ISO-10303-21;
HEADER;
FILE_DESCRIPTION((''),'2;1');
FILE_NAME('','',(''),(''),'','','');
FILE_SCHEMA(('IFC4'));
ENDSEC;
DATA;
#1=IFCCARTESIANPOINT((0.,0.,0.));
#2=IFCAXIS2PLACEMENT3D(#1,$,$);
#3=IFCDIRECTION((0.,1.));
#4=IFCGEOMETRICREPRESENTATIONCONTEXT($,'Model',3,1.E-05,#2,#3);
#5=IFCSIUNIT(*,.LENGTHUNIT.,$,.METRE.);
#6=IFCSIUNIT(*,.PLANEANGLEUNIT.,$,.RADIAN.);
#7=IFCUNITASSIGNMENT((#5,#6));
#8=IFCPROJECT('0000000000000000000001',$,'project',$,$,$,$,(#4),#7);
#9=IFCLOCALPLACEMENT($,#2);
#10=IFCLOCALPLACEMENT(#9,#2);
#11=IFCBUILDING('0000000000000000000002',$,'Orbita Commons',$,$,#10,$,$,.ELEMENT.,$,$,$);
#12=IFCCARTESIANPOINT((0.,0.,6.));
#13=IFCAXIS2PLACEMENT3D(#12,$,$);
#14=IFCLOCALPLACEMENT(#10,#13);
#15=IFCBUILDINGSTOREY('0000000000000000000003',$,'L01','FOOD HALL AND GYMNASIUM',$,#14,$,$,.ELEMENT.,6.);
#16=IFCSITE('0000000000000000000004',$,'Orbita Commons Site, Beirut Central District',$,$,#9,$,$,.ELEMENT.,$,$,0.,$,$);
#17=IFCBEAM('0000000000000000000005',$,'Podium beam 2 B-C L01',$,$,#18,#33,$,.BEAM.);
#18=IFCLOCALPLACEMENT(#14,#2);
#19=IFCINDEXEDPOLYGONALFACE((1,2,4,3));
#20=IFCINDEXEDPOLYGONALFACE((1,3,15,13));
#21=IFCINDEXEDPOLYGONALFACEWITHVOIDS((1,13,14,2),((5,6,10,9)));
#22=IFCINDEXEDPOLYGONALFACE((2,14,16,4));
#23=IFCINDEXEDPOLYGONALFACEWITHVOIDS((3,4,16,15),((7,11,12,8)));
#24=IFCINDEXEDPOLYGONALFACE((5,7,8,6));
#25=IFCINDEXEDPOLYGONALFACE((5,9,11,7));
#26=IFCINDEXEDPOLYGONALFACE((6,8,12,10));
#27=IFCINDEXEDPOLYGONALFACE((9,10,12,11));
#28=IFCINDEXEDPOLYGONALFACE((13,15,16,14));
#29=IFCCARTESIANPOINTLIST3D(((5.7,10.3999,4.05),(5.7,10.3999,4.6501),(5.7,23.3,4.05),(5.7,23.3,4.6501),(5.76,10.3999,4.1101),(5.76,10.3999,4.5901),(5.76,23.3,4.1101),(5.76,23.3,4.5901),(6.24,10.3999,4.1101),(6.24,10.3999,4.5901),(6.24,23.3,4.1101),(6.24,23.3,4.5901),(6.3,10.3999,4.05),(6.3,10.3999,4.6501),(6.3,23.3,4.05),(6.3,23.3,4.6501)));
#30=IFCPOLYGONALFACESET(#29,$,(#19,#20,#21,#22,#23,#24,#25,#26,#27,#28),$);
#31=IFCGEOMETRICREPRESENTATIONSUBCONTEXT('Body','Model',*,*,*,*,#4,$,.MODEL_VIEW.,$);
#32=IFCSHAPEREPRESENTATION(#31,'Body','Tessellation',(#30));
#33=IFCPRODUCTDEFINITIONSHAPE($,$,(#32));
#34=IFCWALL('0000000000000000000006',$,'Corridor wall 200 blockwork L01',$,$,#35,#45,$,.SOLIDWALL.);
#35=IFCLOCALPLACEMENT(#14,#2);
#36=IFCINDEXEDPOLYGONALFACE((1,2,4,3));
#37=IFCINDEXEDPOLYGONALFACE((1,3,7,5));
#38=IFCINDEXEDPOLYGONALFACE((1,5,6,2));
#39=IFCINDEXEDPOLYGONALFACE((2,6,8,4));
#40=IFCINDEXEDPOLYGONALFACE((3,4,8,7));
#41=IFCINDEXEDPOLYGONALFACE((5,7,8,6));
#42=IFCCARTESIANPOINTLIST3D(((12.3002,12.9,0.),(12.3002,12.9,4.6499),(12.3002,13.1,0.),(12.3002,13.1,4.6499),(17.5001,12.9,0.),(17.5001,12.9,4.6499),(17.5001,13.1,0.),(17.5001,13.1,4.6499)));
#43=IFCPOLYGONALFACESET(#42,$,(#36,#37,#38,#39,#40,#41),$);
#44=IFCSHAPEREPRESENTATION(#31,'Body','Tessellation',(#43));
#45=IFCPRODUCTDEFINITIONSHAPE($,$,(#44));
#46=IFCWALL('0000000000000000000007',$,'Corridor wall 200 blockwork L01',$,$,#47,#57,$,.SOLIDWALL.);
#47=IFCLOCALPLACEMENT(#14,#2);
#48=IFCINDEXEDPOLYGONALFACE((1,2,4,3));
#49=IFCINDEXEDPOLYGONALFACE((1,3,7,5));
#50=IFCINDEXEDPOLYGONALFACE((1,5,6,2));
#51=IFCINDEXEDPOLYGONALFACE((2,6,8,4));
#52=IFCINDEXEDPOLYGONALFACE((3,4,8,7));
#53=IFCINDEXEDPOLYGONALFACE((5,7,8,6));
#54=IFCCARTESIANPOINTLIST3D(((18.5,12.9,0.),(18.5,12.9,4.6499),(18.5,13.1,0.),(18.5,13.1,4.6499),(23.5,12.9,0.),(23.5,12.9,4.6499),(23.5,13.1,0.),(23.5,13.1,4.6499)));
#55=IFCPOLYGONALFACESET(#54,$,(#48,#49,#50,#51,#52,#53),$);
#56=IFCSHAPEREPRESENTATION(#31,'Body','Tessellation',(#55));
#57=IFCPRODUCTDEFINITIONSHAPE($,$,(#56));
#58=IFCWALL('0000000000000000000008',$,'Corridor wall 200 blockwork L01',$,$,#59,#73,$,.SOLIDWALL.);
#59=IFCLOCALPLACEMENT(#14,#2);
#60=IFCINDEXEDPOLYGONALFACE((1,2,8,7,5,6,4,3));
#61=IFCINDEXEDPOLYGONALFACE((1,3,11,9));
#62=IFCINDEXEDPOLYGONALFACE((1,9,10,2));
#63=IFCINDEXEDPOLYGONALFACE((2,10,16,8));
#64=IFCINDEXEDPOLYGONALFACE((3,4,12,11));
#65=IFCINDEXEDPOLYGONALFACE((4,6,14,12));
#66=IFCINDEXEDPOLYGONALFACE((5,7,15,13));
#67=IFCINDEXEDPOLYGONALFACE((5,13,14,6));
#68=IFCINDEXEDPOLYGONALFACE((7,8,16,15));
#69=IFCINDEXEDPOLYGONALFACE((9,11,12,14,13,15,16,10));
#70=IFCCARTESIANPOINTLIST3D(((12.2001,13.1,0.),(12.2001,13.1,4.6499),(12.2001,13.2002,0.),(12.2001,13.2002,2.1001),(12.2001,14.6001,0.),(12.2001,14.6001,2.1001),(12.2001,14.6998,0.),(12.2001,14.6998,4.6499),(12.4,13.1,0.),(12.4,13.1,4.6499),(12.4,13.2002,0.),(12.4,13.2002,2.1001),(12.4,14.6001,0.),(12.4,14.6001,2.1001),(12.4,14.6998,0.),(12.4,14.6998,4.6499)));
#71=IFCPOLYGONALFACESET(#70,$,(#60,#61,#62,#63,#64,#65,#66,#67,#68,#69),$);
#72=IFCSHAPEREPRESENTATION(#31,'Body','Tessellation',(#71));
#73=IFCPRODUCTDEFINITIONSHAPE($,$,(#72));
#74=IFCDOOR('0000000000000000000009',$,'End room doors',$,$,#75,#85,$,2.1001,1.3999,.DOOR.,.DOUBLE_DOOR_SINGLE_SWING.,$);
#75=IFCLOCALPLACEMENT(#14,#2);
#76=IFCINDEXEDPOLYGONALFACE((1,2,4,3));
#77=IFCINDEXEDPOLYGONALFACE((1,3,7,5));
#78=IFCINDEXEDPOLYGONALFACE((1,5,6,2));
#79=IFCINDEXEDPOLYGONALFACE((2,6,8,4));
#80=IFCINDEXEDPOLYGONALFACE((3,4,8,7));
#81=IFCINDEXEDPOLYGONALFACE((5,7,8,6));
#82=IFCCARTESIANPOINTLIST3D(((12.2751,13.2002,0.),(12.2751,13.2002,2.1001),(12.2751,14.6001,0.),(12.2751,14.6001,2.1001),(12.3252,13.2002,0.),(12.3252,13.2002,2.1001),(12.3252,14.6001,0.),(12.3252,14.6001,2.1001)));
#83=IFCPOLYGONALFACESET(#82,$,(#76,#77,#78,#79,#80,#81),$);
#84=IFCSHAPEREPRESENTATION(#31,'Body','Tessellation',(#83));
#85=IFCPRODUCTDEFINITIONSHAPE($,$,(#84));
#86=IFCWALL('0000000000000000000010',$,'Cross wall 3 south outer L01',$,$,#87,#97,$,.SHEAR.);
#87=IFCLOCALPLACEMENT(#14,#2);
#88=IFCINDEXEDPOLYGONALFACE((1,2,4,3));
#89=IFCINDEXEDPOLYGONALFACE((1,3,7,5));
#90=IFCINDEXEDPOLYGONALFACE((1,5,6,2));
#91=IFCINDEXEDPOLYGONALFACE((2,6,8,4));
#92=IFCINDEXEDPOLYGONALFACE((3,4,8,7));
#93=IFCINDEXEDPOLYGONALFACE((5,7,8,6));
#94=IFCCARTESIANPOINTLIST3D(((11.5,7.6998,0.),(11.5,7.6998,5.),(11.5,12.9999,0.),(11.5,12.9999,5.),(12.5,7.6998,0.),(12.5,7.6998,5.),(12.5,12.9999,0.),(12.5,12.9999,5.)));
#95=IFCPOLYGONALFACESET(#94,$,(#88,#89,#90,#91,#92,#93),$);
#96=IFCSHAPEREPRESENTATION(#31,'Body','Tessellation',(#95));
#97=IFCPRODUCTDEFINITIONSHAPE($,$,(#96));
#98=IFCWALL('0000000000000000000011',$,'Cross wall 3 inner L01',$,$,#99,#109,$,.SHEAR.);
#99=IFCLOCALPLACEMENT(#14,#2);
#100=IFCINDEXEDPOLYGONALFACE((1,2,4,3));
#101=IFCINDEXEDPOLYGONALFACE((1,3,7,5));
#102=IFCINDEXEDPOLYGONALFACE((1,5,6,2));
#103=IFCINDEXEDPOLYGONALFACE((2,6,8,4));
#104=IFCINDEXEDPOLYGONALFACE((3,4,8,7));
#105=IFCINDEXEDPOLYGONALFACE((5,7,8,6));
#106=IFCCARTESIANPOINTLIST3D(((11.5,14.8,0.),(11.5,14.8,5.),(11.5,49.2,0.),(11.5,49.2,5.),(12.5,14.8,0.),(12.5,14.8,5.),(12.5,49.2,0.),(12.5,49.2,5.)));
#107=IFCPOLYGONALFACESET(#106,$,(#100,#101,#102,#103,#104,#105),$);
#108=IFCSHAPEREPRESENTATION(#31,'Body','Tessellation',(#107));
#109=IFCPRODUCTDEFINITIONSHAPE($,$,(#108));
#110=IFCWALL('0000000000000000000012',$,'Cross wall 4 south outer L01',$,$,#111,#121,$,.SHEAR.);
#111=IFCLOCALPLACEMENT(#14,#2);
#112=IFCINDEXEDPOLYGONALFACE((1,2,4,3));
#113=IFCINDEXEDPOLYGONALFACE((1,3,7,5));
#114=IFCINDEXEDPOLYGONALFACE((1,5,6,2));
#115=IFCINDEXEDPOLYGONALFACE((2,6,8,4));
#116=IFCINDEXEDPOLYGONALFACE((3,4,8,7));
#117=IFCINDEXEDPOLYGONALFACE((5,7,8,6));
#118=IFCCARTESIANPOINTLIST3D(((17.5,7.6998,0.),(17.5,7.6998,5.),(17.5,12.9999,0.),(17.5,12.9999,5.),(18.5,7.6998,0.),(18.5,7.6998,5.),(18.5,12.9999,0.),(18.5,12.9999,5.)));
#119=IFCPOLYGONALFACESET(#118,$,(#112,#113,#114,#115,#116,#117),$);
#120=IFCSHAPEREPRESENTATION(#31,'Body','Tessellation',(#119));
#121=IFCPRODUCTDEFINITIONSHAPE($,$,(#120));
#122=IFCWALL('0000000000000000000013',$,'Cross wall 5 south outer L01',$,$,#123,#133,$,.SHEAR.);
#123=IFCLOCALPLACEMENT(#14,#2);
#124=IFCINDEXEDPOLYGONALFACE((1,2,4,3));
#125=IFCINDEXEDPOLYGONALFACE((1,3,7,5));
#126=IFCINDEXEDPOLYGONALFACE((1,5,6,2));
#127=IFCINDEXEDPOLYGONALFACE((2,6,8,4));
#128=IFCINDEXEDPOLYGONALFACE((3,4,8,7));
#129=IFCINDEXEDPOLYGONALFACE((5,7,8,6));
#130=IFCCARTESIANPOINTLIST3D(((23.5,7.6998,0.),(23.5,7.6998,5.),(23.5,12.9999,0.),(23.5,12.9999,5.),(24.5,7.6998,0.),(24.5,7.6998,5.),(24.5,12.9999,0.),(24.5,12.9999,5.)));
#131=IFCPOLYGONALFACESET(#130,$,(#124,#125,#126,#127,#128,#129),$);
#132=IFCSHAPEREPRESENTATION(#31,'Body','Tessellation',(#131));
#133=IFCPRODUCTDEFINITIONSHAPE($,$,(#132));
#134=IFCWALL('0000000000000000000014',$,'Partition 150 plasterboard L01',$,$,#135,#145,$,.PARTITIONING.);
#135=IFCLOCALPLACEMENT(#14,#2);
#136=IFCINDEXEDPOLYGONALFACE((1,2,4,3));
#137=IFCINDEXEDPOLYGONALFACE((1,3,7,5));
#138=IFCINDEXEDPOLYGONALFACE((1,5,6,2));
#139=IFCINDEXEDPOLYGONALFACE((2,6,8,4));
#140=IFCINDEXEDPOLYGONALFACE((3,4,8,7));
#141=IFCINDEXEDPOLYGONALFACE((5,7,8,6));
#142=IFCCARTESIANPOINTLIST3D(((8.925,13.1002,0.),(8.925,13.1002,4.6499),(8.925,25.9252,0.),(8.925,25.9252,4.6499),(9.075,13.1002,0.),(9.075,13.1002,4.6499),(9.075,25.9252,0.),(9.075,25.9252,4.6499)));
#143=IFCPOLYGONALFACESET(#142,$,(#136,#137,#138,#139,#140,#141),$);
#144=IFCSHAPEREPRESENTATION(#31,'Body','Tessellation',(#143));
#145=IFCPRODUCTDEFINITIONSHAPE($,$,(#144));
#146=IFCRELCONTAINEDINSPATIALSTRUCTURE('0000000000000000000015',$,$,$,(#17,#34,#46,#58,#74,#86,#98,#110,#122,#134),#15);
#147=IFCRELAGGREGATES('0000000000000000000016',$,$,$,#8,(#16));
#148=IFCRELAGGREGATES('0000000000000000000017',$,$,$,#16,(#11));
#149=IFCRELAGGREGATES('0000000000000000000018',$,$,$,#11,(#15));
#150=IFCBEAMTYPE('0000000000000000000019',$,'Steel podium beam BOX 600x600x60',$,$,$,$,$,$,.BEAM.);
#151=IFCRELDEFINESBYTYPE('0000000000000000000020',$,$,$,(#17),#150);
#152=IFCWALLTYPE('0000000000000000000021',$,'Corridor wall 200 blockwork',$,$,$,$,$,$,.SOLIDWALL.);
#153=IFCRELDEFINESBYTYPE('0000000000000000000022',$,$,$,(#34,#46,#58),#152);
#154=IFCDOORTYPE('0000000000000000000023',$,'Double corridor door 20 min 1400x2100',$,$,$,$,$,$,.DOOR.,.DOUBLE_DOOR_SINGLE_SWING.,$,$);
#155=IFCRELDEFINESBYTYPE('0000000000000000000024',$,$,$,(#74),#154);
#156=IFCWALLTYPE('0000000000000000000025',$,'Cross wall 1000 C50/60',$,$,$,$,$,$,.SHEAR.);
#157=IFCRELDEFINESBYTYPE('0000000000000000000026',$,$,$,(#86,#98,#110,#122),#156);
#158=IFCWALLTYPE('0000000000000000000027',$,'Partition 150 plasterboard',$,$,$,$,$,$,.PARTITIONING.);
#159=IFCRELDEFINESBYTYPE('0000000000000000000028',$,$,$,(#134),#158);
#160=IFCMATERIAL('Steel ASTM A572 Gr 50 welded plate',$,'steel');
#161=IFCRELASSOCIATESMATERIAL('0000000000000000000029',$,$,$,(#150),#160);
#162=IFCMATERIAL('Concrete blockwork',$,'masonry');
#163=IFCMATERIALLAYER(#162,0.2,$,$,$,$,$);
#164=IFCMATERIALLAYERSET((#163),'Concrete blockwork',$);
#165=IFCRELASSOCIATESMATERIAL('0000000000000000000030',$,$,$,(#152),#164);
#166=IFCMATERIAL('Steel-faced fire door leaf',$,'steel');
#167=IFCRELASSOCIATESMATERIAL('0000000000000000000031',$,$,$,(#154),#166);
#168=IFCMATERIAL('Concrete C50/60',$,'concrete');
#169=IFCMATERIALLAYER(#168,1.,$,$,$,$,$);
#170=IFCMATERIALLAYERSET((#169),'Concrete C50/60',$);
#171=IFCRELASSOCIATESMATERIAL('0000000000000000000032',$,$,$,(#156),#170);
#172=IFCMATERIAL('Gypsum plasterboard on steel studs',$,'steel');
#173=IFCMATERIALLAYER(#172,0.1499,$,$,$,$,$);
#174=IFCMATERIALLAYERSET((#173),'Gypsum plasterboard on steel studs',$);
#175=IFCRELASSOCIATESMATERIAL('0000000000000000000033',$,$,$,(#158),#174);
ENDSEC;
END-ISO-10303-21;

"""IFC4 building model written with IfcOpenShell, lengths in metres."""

from ifc_helpers import new_model, si_unit, direction, frame, frame_2d, origin, origin_2d, place, context, subcontext, project, spatial, rectangle, hollow_rectangle, extrude, material, layer, layer_set, material_profile, profile_set, type_object, element, fill, save


model = new_model("IFC4")

# Units and contexts
model_context = context("Model", 3, precision=1e-05, world=origin(), true_north=direction((0.0, 1.0)))
body_context = subcontext(model_context, "Body", "Model", "MODEL_VIEW")
ifc_project = project(units=[si_unit("LENGTHUNIT", "METRE"), si_unit("PLANEANGLEUNIT", "RADIAN")], contexts=[model_context])

# Site, building, storey
site_placement = place(None, origin())
site = spatial("IfcSite", under=ifc_project, at=site_placement, Name="Orbita Commons Site, Beirut Central District", CompositionType="ELEMENT", RefElevation=0.0)
building_placement = place(site_placement, origin())
building = spatial("IfcBuilding", under=site, at=building_placement, Name="Orbita Commons", CompositionType="ELEMENT")
storey_placement = place(building_placement, frame((0.0, 0.0, 6.0)))
storey = spatial("IfcBuildingStorey", under=building, at=storey_placement, Name="L01", Description="FOOD HALL AND GYMNASIUM", CompositionType="ELEMENT", Elevation=6.0)

# Beam
ifc_material_1 = material(Name="Steel ASTM A572 Gr 50 welded plate", Category="steel")
ifc_material_profile_1 = material_profile(ifc_material_1, hollow_rectangle(XDim=0.6001, YDim=0.6001, WallThickness=0.0601, at=origin_2d()), Name="BOX 600x600x60")
ifc_profile_set_1 = profile_set([ifc_material_profile_1], Name="Steel ASTM A572 Gr 50 welded plate")
beam_type_1 = type_object("IfcBeamType", Name="Steel podium beam BOX 600x600x60", PredefinedType="BEAM", material=ifc_profile_set_1)
beam_placement = place(storey_placement, frame((6.0, 10.3999, 4.3501), z_axis=(0.0, 1.0, 0.0), x_axis=(-1.0, 0.0, 0.0)))
element("IfcBeam", 1, at=beam_placement, inside=storey, type_object=beam_type_1, Name="Podium beam 2 B-C L01", PredefinedType="BEAM", context=body_context, shape_type="SweptSolid", body=[
    extrude(hollow_rectangle(XDim=0.6001, YDim=0.6001, WallThickness=0.0601, at=origin_2d()), origin(), (0.0, 0.0, 1.0), 12.9001),
])

# Walls
ifc_material_2 = material(Name="Concrete blockwork", Category="masonry")
ifc_layer_1 = layer(ifc_material_2, 0.2)
ifc_layer_set_1 = layer_set([ifc_layer_1], Name="Concrete blockwork")
wall_type_1 = type_object("IfcWallType", Name="Corridor wall 200 blockwork", PredefinedType="SOLIDWALL", material=ifc_layer_set_1)
wall_1_placement = place(storey_placement, frame((12.3, 13.0, 0.0), z_axis=(0.0, 0.0, 1.0), x_axis=(1.0, 0.0, 0.0)))
element("IfcWall", 2, at=wall_1_placement, inside=storey, type_object=wall_type_1, Name="Corridor wall 200 blockwork L01", PredefinedType="SOLIDWALL", context=body_context, shape_type="SweptSolid", body=[
    extrude(rectangle(XDim=5.2, YDim=0.2, at=frame_2d((2.6001, 0.0))), origin(), (0.0, 0.0, 1.0), 4.6499),
])
wall_2_placement = place(storey_placement, frame((18.5, 13.0, 0.0), z_axis=(0.0, 0.0, 1.0), x_axis=(1.0, 0.0, 0.0)))
element("IfcWall", 3, at=wall_2_placement, inside=storey, type_object=wall_type_1, Name="Corridor wall 200 blockwork L01", PredefinedType="SOLIDWALL", context=body_context, shape_type="SweptSolid", body=[
    extrude(rectangle(XDim=5.0, YDim=0.2, at=frame_2d((2.5, 0.0))), origin(), (0.0, 0.0, 1.0), 4.6499),
])

# Wall, opening, door
wall_3_placement = place(storey_placement, frame((12.3, 13.1001, 0.0), z_axis=(0.0, 0.0, 1.0), x_axis=(0.0, 1.0, 0.0)))
wall_3 = element("IfcWall", 4, at=wall_3_placement, inside=storey, type_object=wall_type_1, Name="Corridor wall 200 blockwork L01", PredefinedType="SOLIDWALL", context=body_context, shape_type="SweptSolid", body=[
    extrude(rectangle(XDim=1.5999, YDim=0.2, at=frame_2d((0.7998, 0.0))), origin(), (0.0, 0.0, 1.0), 4.6499),
])
opening_placement = place(wall_3_placement, frame((0.1001, 0.0, 0.0)))
opening = element("IfcOpeningElement", 5, at=opening_placement, cuts=wall_3, PredefinedType="OPENING", context=body_context, shape_type="SweptSolid", body=[
    extrude(rectangle(XDim=1.3999, YDim=2.1001, at=frame_2d((0.7, 1.05))), frame((0.0, 0.1099, 0.0), z_axis=(0.0, -1.0, 0.0), x_axis=(1.0, 0.0, 0.0)), (0.0, 0.0, 1.0), 0.22),
])
ifc_material_3 = material(Name="Steel-faced fire door leaf", Category="steel")
door_type = type_object("IfcDoorType", Name="Double corridor door 20 min 1400x2100", OperationType="DOUBLE_DOOR_SINGLE_SWING", PredefinedType="DOOR", material=ifc_material_3)
door_placement = place(opening_placement, origin())
door = element("IfcDoor", 6, at=door_placement, inside=storey, type_object=door_type, Name="End room doors", OperationType="DOUBLE_DOOR_SINGLE_SWING", OverallHeight=2.1001, OverallWidth=1.3999, PredefinedType="DOOR", context=body_context, shape_type="SweptSolid", body=[
    extrude(rectangle(XDim=1.3999, YDim=2.1001, at=frame_2d((0.7, 1.05))), frame((0.0, 0.0249, 0.0), z_axis=(0.0, -1.0, 0.0), x_axis=(1.0, 0.0, 0.0)), (0.0, 0.0, 1.0), 0.05),
])
fill(opening, door)

# Walls
ifc_material_4 = material(Name="Concrete C50/60", Category="concrete")
ifc_layer_2 = layer(ifc_material_4, 1.0)
ifc_layer_set_2 = layer_set([ifc_layer_2], Name="Concrete C50/60")
wall_type_2 = type_object("IfcWallType", Name="Cross wall 1000 C50/60", PredefinedType="SHEAR", material=ifc_layer_set_2)
wall_4_placement = place(storey_placement, frame((12.0, 7.7, 0.0), z_axis=(0.0, 0.0, 1.0), x_axis=(0.0, 1.0, 0.0)))
element("IfcWall", 7, at=wall_4_placement, inside=storey, type_object=wall_type_2, Name="Cross wall 3 south outer L01", PredefinedType="SHEAR", context=body_context, shape_type="SweptSolid", body=[
    extrude(rectangle(XDim=5.3, YDim=1.0, at=frame_2d((2.6499, 0.0))), origin(), (0.0, 0.0, 1.0), 5.0),
])
wall_5_placement = place(storey_placement, frame((12.0, 14.8, 0.0), z_axis=(0.0, 0.0, 1.0), x_axis=(0.0, 1.0, 0.0)))
element("IfcWall", 8, at=wall_5_placement, inside=storey, type_object=wall_type_2, Name="Cross wall 3 inner L01", PredefinedType="SHEAR", context=body_context, shape_type="SweptSolid", body=[
    extrude(rectangle(XDim=34.3999, YDim=1.0, at=frame_2d((17.2, 0.0))), origin(), (0.0, 0.0, 1.0), 5.0),
])
for number, where, z_axis, x_axis, name in (
    (9, (18.0, 7.7, 0.0), (0.0, 0.0, 1.0), (0.0, 1.0, 0.0), "Cross wall 4 south outer L01"),
    (10, (24.0, 7.7, 0.0), (0.0, 0.0, 1.0), (0.0, 1.0, 0.0), "Cross wall 5 south outer L01"),
):
    element("IfcWall", number, at=place(storey_placement, frame(where, z_axis=z_axis, x_axis=x_axis)), inside=storey, type_object=wall_type_2, Name=name, PredefinedType="SHEAR", context=body_context, shape_type="SweptSolid", body=[
        extrude(rectangle(XDim=5.3, YDim=1.0, at=frame_2d((2.6499, 0.0))), origin(), (0.0, 0.0, 1.0), 5.0),
    ])
ifc_material_5 = material(Name="Gypsum plasterboard on steel studs", Category="steel")
ifc_layer_3 = layer(ifc_material_5, 0.1499)
ifc_layer_set_3 = layer_set([ifc_layer_3], Name="Gypsum plasterboard on steel studs")
wall_type_3 = type_object("IfcWallType", Name="Partition 150 plasterboard", PredefinedType="PARTITIONING", material=ifc_layer_set_3)
wall_6_placement = place(storey_placement, frame((9.0, 13.1001, 0.0), z_axis=(0.0, 0.0, 1.0), x_axis=(0.0, 1.0, 0.0)))
element("IfcWall", 11, at=wall_6_placement, inside=storey, type_object=wall_type_3, Name="Partition 150 plasterboard L01", PredefinedType="PARTITIONING", context=body_context, shape_type="SweptSolid", body=[
    extrude(rectangle(XDim=12.825, YDim=0.1499, at=frame_2d((6.4126, 0.0))), origin(), (0.0, 0.0, 1.0), 4.6499),
])

save(model, "model.ifc")
